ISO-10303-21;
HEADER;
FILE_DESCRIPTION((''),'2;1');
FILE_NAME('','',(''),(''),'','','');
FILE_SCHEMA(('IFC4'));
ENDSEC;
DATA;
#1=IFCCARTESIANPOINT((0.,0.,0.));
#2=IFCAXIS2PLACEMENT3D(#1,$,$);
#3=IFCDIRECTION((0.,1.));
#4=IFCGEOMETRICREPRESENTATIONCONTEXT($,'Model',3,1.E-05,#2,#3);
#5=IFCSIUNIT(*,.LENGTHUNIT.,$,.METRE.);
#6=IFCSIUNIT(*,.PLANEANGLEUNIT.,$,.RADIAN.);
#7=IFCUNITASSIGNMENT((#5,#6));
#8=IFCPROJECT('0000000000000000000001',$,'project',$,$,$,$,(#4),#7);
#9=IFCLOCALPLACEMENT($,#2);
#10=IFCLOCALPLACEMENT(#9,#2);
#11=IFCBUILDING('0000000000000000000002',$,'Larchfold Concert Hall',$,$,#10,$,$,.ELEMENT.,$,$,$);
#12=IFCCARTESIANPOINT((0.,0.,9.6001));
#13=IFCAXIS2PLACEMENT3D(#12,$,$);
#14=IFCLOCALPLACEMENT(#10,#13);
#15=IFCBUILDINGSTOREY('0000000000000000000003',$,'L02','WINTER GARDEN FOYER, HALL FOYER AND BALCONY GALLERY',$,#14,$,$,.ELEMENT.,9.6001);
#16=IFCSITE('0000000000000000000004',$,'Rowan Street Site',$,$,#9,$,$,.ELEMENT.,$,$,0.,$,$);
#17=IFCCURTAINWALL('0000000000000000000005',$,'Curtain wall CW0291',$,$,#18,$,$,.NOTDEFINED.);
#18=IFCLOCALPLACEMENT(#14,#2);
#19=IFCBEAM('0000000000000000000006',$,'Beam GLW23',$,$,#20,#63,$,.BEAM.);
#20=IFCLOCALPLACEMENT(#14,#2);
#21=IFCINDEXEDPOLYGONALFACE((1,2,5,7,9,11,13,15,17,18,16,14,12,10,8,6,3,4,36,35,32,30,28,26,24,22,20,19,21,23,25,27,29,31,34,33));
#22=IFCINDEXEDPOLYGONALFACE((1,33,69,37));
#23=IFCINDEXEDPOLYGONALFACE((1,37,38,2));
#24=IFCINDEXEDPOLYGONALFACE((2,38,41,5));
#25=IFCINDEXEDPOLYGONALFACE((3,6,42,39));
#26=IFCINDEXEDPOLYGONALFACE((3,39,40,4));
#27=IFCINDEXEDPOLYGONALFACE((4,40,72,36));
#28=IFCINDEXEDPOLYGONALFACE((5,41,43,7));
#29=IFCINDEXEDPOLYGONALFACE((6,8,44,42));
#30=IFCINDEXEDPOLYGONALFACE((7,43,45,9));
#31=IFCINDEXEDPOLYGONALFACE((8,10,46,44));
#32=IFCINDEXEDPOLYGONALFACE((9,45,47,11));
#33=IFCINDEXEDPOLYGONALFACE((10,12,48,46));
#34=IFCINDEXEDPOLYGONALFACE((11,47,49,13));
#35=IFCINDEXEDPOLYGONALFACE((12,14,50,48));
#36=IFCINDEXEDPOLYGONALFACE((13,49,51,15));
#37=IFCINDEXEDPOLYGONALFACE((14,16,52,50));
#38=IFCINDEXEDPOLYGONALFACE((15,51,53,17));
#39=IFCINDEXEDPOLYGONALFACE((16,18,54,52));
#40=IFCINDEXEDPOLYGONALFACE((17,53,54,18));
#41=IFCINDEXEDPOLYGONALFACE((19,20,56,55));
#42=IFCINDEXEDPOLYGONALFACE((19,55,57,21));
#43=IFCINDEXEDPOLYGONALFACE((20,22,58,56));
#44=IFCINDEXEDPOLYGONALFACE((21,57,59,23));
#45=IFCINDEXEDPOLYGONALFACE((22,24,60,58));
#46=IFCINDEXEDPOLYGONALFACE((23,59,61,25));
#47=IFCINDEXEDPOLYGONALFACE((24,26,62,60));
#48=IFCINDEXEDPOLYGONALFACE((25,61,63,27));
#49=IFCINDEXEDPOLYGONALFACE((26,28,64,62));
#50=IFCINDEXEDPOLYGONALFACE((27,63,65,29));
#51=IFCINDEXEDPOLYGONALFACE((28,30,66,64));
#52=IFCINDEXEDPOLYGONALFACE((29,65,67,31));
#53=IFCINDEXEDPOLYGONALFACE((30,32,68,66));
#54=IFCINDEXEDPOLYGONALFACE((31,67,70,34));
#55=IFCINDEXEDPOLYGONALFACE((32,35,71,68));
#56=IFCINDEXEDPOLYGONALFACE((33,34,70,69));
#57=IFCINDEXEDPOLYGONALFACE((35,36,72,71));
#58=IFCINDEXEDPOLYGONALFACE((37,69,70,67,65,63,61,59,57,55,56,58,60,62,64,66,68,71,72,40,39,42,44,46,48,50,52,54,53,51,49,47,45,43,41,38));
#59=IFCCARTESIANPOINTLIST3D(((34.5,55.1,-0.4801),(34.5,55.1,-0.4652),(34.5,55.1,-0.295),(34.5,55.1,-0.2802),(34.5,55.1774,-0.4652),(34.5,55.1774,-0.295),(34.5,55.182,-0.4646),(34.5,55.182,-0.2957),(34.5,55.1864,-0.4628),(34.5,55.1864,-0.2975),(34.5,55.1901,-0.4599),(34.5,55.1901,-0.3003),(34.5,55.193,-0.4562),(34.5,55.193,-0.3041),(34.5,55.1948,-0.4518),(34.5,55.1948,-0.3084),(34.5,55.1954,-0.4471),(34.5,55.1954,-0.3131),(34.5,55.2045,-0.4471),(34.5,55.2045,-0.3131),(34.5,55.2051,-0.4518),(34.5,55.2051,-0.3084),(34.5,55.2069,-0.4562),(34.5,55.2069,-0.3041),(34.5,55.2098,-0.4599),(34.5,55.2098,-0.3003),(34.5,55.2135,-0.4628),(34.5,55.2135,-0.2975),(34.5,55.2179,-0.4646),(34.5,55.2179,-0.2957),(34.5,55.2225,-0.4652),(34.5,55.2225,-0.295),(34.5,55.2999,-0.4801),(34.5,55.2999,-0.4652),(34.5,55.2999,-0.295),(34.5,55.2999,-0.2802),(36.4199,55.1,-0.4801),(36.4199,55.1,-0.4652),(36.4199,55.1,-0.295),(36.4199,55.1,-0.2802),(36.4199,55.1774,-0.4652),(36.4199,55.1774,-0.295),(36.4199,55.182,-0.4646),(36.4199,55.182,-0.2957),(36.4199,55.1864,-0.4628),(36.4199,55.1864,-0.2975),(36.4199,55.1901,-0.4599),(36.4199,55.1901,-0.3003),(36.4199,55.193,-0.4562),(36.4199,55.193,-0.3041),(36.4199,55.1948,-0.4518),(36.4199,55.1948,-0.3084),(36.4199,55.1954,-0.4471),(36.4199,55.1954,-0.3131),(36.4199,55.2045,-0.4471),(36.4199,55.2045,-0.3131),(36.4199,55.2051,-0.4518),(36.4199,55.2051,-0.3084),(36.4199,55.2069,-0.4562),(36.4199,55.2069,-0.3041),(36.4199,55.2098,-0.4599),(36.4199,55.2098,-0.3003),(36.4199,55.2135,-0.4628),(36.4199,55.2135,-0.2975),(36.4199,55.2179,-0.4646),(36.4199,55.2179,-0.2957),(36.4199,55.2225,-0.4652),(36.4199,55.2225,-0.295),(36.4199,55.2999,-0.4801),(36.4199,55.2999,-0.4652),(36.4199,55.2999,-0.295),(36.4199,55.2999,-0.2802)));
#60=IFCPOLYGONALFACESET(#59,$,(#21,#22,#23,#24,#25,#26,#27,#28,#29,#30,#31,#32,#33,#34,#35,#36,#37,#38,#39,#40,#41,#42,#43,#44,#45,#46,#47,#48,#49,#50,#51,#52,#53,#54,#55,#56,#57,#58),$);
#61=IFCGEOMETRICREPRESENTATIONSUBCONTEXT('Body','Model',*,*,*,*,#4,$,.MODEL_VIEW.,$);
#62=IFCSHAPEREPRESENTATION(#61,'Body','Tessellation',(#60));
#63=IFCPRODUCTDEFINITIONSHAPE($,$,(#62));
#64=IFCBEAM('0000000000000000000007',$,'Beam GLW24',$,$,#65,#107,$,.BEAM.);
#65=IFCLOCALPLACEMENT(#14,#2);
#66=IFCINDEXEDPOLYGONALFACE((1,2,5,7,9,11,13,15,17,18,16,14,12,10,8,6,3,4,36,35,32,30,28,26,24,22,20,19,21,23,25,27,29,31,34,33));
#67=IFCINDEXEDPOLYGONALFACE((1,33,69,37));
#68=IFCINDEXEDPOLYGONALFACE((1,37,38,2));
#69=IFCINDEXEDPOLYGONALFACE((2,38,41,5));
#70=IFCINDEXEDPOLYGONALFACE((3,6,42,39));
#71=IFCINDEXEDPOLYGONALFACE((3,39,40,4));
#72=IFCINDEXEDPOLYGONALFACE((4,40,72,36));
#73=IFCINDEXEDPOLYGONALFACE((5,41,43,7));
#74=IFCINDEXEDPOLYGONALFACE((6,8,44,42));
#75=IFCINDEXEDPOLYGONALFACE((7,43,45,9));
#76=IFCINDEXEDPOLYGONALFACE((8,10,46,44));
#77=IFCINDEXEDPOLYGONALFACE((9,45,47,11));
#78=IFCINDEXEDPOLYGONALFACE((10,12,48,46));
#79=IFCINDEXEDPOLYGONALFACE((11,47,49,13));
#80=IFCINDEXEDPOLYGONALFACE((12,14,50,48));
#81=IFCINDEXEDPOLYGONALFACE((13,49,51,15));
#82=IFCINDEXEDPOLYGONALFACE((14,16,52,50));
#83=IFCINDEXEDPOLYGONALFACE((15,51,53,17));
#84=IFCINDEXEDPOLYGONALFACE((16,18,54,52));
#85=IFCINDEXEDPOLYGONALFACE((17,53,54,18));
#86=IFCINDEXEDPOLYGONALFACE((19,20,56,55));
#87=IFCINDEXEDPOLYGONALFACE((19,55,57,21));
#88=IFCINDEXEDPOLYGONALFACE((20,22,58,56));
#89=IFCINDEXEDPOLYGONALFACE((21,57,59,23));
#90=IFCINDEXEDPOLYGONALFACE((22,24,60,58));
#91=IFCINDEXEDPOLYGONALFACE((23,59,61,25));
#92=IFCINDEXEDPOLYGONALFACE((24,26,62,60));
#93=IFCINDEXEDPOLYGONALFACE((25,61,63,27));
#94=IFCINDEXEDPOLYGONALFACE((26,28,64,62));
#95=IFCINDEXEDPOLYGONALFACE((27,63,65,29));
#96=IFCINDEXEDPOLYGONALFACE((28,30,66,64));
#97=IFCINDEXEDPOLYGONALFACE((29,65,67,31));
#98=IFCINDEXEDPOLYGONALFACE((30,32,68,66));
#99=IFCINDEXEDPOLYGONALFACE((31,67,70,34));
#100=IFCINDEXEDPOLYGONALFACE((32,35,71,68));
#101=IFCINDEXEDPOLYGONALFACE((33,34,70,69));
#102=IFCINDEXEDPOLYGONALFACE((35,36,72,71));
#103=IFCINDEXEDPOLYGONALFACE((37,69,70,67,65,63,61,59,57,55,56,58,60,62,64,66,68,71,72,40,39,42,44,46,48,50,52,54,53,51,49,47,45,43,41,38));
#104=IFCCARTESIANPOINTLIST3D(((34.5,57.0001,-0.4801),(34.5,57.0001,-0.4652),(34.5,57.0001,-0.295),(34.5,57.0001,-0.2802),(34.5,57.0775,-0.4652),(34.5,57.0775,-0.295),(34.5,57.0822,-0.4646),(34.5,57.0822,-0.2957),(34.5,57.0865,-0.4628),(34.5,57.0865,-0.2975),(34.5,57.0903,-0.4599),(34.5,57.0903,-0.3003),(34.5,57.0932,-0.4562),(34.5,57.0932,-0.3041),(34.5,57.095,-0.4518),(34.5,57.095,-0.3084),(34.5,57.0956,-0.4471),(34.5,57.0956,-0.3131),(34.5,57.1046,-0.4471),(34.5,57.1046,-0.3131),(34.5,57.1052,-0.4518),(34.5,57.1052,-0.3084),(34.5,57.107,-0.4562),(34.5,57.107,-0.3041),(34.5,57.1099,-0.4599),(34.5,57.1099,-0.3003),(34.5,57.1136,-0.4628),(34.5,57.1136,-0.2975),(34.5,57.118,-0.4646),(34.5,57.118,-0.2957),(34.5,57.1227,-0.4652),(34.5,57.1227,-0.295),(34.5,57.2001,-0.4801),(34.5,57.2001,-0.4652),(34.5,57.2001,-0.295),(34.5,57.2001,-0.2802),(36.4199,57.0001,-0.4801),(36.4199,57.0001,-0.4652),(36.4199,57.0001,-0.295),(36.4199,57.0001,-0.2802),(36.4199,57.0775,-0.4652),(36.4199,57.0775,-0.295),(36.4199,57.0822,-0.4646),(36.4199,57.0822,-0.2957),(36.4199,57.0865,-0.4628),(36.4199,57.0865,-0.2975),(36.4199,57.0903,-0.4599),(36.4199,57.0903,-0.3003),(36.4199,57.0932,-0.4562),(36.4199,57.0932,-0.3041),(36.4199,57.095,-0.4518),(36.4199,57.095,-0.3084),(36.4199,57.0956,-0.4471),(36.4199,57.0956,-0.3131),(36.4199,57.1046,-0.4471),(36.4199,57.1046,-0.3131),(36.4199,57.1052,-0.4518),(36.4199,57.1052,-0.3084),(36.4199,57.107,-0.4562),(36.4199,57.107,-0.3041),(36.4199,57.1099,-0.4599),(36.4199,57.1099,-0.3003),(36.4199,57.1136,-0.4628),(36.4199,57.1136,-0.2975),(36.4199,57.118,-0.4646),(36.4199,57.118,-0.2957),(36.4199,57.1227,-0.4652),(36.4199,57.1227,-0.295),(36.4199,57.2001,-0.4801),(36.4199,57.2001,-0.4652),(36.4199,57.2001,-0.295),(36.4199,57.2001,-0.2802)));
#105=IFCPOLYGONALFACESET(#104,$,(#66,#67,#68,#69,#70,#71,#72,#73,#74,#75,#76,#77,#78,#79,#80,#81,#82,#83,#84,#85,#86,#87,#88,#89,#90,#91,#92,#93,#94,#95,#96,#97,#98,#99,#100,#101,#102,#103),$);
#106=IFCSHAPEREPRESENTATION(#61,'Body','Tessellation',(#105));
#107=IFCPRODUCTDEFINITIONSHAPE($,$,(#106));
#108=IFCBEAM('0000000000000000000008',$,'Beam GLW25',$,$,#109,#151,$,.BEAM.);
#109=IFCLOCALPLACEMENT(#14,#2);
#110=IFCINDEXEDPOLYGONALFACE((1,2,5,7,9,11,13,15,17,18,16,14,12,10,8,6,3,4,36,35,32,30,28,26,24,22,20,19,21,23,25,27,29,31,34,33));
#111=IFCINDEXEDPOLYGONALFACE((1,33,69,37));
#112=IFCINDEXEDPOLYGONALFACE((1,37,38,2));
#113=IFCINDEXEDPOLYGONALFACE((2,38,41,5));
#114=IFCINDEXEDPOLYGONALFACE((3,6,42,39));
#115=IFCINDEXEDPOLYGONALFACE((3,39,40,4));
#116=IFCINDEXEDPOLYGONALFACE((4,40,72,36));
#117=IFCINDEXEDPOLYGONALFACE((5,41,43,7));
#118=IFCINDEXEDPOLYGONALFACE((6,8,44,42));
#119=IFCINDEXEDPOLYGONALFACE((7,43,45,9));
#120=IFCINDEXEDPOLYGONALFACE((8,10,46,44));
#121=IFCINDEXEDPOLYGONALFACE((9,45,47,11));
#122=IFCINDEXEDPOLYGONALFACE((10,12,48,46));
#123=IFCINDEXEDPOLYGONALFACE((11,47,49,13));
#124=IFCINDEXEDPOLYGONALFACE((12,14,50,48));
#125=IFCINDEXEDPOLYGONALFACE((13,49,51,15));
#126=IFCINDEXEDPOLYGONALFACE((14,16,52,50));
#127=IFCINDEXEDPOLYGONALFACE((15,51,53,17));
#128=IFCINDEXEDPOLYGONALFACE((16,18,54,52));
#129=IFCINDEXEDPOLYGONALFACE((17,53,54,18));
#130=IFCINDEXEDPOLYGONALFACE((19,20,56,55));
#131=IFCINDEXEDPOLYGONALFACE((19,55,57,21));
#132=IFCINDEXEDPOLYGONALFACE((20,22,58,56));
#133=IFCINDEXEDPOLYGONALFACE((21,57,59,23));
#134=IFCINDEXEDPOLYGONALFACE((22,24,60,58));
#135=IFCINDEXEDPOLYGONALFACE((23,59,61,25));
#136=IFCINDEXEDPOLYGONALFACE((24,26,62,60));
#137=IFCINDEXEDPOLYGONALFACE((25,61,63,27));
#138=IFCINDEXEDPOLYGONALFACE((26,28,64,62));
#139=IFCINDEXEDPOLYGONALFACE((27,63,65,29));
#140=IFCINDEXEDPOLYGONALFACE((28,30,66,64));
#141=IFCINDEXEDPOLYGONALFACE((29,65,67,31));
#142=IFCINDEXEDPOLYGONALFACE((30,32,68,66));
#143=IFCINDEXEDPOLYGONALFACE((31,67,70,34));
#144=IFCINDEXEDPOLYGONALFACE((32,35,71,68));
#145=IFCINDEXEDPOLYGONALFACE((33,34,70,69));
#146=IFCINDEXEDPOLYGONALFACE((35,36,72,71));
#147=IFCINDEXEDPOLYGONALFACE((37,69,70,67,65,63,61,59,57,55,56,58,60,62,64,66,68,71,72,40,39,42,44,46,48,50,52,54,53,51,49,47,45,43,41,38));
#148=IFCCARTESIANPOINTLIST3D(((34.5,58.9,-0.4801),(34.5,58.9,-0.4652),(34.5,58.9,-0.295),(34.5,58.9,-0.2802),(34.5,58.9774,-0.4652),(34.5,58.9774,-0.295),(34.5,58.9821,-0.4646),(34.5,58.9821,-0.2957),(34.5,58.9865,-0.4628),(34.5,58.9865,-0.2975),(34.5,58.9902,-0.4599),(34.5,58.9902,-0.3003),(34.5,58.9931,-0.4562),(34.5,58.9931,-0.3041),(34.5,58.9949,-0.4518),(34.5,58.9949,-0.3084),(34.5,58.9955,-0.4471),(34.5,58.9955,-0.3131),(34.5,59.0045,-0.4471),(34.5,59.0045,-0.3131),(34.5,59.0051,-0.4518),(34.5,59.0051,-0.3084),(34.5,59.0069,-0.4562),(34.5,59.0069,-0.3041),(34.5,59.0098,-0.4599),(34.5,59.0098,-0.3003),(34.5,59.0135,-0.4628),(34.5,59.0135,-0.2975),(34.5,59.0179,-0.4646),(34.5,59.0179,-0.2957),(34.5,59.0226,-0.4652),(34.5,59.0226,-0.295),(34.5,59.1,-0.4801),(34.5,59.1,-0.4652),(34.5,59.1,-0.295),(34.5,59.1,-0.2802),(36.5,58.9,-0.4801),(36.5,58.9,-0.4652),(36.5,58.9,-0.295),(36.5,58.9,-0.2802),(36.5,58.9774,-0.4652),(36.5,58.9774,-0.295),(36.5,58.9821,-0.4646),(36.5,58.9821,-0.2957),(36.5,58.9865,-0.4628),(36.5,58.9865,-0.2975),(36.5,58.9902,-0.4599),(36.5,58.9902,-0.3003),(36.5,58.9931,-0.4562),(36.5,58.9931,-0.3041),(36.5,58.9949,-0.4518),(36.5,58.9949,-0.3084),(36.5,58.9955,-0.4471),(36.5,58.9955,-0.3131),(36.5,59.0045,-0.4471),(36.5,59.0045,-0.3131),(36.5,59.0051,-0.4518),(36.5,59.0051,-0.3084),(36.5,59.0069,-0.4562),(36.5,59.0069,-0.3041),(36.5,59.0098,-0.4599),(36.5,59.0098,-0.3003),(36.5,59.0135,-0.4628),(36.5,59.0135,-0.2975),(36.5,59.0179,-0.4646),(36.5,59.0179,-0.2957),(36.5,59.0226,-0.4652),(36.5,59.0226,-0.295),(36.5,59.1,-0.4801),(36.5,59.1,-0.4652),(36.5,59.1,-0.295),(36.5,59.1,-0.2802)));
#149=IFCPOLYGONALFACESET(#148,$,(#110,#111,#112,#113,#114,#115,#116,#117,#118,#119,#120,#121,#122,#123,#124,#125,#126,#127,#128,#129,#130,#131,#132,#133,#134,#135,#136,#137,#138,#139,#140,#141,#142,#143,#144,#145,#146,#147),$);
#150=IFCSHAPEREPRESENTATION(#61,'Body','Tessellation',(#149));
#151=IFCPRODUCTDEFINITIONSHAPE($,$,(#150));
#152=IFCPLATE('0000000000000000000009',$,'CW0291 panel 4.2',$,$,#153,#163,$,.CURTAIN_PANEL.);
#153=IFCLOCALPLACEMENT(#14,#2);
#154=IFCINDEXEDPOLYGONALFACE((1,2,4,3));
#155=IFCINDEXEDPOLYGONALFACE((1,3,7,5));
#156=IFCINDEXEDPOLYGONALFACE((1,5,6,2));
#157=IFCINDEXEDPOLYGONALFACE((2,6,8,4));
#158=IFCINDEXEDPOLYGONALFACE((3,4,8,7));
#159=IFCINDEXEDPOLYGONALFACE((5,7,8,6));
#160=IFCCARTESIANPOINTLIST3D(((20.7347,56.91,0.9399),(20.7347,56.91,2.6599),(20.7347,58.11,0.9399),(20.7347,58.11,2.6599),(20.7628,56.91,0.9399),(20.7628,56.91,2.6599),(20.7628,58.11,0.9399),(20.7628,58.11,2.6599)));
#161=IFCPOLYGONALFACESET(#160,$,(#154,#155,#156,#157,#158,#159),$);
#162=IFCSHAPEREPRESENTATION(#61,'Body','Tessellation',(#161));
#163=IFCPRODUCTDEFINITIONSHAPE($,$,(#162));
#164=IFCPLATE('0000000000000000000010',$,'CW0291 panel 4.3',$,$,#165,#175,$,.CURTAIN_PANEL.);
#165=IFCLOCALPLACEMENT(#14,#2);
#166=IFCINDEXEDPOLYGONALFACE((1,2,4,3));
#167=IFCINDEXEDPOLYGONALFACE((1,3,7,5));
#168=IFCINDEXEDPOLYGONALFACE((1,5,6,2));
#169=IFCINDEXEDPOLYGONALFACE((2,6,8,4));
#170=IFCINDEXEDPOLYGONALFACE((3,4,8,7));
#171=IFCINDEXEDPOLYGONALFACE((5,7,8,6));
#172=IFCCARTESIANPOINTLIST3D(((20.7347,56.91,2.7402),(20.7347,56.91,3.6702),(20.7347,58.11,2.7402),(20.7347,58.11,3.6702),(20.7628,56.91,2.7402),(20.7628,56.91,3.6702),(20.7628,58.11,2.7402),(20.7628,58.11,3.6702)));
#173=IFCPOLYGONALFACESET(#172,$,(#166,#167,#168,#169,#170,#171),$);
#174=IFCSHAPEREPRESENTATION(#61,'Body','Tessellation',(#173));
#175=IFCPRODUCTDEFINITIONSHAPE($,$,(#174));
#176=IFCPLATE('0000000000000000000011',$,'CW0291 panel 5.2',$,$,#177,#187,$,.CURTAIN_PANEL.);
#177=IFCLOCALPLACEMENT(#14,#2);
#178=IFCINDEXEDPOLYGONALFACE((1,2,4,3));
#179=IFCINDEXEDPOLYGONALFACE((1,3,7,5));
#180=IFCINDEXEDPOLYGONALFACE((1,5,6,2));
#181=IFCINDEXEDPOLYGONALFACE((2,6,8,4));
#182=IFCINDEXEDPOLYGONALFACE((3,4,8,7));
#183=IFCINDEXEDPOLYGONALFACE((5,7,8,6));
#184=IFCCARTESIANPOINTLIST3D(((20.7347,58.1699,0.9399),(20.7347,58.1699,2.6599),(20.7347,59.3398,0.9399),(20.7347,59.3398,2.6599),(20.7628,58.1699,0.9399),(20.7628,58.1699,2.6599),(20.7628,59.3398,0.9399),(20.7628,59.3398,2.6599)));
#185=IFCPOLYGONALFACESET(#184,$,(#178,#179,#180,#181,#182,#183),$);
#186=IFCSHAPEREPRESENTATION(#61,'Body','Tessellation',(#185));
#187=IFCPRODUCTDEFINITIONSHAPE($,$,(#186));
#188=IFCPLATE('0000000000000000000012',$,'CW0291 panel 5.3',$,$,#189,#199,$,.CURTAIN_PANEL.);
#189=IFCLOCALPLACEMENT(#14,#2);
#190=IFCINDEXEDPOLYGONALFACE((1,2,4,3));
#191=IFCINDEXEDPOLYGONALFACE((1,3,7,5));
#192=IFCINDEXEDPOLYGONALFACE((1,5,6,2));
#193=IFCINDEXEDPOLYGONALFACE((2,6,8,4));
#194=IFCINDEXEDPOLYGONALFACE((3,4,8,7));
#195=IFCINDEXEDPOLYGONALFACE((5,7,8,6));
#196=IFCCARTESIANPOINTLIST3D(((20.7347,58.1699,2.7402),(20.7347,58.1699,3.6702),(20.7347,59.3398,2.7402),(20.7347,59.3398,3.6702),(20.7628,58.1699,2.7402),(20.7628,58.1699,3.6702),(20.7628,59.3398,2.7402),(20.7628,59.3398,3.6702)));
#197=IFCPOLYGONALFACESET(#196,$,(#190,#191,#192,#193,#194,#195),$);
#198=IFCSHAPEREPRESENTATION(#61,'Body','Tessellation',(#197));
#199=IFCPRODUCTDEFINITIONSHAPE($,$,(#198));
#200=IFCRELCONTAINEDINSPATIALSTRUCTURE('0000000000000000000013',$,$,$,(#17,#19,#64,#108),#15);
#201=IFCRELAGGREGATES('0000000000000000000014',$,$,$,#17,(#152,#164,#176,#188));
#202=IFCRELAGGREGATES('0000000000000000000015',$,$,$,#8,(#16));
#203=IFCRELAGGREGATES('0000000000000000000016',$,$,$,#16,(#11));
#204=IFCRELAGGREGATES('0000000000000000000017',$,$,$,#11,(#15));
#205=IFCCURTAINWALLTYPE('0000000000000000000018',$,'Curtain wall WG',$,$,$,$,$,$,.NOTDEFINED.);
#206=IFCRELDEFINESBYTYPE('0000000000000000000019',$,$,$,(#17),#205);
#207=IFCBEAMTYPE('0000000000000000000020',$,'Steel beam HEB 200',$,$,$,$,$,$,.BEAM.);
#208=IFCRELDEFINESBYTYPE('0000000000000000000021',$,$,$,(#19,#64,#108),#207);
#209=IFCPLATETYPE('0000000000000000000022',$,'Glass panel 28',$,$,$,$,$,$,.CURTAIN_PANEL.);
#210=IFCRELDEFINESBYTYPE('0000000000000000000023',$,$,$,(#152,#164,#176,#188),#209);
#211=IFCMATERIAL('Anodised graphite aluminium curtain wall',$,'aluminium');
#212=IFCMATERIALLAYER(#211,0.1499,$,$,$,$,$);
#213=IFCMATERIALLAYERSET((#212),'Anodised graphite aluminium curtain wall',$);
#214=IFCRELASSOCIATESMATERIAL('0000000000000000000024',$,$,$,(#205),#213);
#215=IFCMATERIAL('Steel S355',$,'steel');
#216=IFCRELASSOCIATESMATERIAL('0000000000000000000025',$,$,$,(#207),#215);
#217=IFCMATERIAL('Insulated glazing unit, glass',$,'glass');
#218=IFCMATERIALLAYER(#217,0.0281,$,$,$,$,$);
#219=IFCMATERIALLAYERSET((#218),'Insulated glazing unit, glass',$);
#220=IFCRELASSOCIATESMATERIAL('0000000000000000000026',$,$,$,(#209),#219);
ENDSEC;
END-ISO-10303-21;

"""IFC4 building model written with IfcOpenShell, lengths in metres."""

from ifc_helpers import new_model, si_unit, direction, frame, origin, origin_2d, place, context, subcontext, project, spatial, rectangle, i_section, extrude, material, layer, layer_set, material_profile, profile_set, type_object, element, aggregate, save


model = new_model("IFC4")

# Units and contexts
model_context = context("Model", 3, precision=1e-05, world=origin(), true_north=direction((0.0, 1.0)))
body_context = subcontext(model_context, "Body", "Model", "MODEL_VIEW")
ifc_project = project(units=[si_unit("LENGTHUNIT", "METRE"), si_unit("PLANEANGLEUNIT", "RADIAN")], contexts=[model_context])

# Site, building, storey
site_placement = place(None, origin())
site = spatial("IfcSite", under=ifc_project, at=site_placement, Name="Rowan Street Site", CompositionType="ELEMENT", RefElevation=0.0)
building_placement = place(site_placement, origin())
building = spatial("IfcBuilding", under=site, at=building_placement, Name="Larchfold Concert Hall", CompositionType="ELEMENT")
storey_placement = place(building_placement, frame((0.0, 0.0, 9.6001)))
storey = spatial("IfcBuildingStorey", under=building, at=storey_placement, Name="L02", Description="WINTER GARDEN FOYER, HALL FOYER AND BALCONY GALLERY", CompositionType="ELEMENT", Elevation=9.6001)

# Curtain wall
ifc_material_1 = material(Name="Anodised graphite aluminium curtain wall", Category="aluminium")
ifc_layer_1 = layer(ifc_material_1, 0.1499)
ifc_layer_set_1 = layer_set([ifc_layer_1], Name="Anodised graphite aluminium curtain wall")
curtain_wall_type = type_object("IfcCurtainWallType", Name="Curtain wall WG", PredefinedType="NOTDEFINED", material=ifc_layer_set_1)
curtain_wall_placement = place(storey_placement, origin())
curtain_wall = element("IfcCurtainWall", 1, at=curtain_wall_placement, inside=storey, type_object=curtain_wall_type, Name="Curtain wall CW0291", PredefinedType="NOTDEFINED")

# Beams
ifc_material_2 = material(Name="Steel S355", Category="steel")
ifc_material_profile_1 = material_profile(ifc_material_2, i_section(OverallWidth=0.2, OverallDepth=0.2, WebThickness=0.009, FlangeThickness=0.0149, FilletRadius=0.0181, at=origin_2d()))
ifc_profile_set_1 = profile_set([ifc_material_profile_1], Name="Steel S355")
beam_type_1 = type_object("IfcBeamType", Name="Steel beam HEB 200", PredefinedType="BEAM", material=ifc_profile_set_1)
for number, where, z_axis, x_axis, name in (
    (2, (34.5, 55.2, -0.3801), (1.0, 0.0, 0.0), (0.0, 1.0, 0.0), "Beam GLW23"),
    (3, (34.5, 57.1001, -0.3801), (1.0, 0.0, 0.0), (0.0, 1.0, 0.0), "Beam GLW24"),
):
    element("IfcBeam", number, at=place(storey_placement, frame(where, z_axis=z_axis, x_axis=x_axis)), inside=storey, type_object=beam_type_1, Name=name, PredefinedType="BEAM", context=body_context, shape_type="SweptSolid", body=[
        extrude(i_section(OverallWidth=0.2, OverallDepth=0.2, WebThickness=0.009, FlangeThickness=0.0149, FilletRadius=0.0181, at=origin_2d()), origin(), (0.0, 0.0, 1.0), 1.9199),
    ])
beam_1_placement = place(storey_placement, frame((34.5, 59.0, -0.3801), z_axis=(1.0, 0.0, 0.0), x_axis=(0.0, 1.0, 0.0)))
element("IfcBeam", 4, at=beam_1_placement, inside=storey, type_object=beam_type_1, Name="Beam GLW25", PredefinedType="BEAM", context=body_context, shape_type="SweptSolid", body=[
    extrude(i_section(OverallWidth=0.2, OverallDepth=0.2, WebThickness=0.009, FlangeThickness=0.0149, FilletRadius=0.0181, at=origin_2d()), origin(), (0.0, 0.0, 1.0), 2.0),
])

# Plates
ifc_material_3 = material(Name="Insulated glazing unit, glass", Category="glass")
ifc_layer_2 = layer(ifc_material_3, 0.0281)
ifc_layer_set_2 = layer_set([ifc_layer_2], Name="Insulated glazing unit, glass")
plate_type_1 = type_object("IfcPlateType", Name="Glass panel 28", PredefinedType="CURTAIN_PANEL", material=ifc_layer_set_2)
plate_1_placement = place(storey_placement, frame((20.7488, 57.51, 0.9399), z_axis=(0.0, 0.0, 1.0), x_axis=(0.0, 1.0, 0.0)))
plate_1 = element("IfcPlate", 5, at=plate_1_placement, type_object=plate_type_1, Name="CW0291 panel 4.2", PredefinedType="CURTAIN_PANEL", context=body_context, shape_type="SweptSolid", body=[
    extrude(rectangle(XDim=1.2, YDim=0.0281, at=origin_2d()), origin(), (0.0, 0.0, 1.0), 1.72),
])
plate_2_placement = place(storey_placement, frame((20.7488, 57.51, 2.7402), z_axis=(0.0, 0.0, 1.0), x_axis=(0.0, 1.0, 0.0)))
plate_2 = element("IfcPlate", 6, at=plate_2_placement, type_object=plate_type_1, Name="CW0291 panel 4.3", PredefinedType="CURTAIN_PANEL", context=body_context, shape_type="SweptSolid", body=[
    extrude(rectangle(XDim=1.2, YDim=0.0281, at=origin_2d()), origin(), (0.0, 0.0, 1.0), 0.9299),
])
plate_3_placement = place(storey_placement, frame((20.7488, 58.7549, 0.9399), z_axis=(0.0, 0.0, 1.0), x_axis=(0.0, 1.0, 0.0)))
plate_3 = element("IfcPlate", 7, at=plate_3_placement, type_object=plate_type_1, Name="CW0291 panel 5.2", PredefinedType="CURTAIN_PANEL", context=body_context, shape_type="SweptSolid", body=[
    extrude(rectangle(XDim=1.1699, YDim=0.0281, at=origin_2d()), origin(), (0.0, 0.0, 1.0), 1.72),
])
plate_4_placement = place(storey_placement, frame((20.7488, 58.7549, 2.7402), z_axis=(0.0, 0.0, 1.0), x_axis=(0.0, 1.0, 0.0)))
plate_4 = element("IfcPlate", 8, at=plate_4_placement, type_object=plate_type_1, Name="CW0291 panel 5.3", PredefinedType="CURTAIN_PANEL", context=body_context, shape_type="SweptSolid", body=[
    extrude(rectangle(XDim=1.1699, YDim=0.0281, at=origin_2d()), origin(), (0.0, 0.0, 1.0), 0.9299),
])
aggregate(curtain_wall, [plate_1, plate_2, plate_3, plate_4])

save(model, "model.ifc")
